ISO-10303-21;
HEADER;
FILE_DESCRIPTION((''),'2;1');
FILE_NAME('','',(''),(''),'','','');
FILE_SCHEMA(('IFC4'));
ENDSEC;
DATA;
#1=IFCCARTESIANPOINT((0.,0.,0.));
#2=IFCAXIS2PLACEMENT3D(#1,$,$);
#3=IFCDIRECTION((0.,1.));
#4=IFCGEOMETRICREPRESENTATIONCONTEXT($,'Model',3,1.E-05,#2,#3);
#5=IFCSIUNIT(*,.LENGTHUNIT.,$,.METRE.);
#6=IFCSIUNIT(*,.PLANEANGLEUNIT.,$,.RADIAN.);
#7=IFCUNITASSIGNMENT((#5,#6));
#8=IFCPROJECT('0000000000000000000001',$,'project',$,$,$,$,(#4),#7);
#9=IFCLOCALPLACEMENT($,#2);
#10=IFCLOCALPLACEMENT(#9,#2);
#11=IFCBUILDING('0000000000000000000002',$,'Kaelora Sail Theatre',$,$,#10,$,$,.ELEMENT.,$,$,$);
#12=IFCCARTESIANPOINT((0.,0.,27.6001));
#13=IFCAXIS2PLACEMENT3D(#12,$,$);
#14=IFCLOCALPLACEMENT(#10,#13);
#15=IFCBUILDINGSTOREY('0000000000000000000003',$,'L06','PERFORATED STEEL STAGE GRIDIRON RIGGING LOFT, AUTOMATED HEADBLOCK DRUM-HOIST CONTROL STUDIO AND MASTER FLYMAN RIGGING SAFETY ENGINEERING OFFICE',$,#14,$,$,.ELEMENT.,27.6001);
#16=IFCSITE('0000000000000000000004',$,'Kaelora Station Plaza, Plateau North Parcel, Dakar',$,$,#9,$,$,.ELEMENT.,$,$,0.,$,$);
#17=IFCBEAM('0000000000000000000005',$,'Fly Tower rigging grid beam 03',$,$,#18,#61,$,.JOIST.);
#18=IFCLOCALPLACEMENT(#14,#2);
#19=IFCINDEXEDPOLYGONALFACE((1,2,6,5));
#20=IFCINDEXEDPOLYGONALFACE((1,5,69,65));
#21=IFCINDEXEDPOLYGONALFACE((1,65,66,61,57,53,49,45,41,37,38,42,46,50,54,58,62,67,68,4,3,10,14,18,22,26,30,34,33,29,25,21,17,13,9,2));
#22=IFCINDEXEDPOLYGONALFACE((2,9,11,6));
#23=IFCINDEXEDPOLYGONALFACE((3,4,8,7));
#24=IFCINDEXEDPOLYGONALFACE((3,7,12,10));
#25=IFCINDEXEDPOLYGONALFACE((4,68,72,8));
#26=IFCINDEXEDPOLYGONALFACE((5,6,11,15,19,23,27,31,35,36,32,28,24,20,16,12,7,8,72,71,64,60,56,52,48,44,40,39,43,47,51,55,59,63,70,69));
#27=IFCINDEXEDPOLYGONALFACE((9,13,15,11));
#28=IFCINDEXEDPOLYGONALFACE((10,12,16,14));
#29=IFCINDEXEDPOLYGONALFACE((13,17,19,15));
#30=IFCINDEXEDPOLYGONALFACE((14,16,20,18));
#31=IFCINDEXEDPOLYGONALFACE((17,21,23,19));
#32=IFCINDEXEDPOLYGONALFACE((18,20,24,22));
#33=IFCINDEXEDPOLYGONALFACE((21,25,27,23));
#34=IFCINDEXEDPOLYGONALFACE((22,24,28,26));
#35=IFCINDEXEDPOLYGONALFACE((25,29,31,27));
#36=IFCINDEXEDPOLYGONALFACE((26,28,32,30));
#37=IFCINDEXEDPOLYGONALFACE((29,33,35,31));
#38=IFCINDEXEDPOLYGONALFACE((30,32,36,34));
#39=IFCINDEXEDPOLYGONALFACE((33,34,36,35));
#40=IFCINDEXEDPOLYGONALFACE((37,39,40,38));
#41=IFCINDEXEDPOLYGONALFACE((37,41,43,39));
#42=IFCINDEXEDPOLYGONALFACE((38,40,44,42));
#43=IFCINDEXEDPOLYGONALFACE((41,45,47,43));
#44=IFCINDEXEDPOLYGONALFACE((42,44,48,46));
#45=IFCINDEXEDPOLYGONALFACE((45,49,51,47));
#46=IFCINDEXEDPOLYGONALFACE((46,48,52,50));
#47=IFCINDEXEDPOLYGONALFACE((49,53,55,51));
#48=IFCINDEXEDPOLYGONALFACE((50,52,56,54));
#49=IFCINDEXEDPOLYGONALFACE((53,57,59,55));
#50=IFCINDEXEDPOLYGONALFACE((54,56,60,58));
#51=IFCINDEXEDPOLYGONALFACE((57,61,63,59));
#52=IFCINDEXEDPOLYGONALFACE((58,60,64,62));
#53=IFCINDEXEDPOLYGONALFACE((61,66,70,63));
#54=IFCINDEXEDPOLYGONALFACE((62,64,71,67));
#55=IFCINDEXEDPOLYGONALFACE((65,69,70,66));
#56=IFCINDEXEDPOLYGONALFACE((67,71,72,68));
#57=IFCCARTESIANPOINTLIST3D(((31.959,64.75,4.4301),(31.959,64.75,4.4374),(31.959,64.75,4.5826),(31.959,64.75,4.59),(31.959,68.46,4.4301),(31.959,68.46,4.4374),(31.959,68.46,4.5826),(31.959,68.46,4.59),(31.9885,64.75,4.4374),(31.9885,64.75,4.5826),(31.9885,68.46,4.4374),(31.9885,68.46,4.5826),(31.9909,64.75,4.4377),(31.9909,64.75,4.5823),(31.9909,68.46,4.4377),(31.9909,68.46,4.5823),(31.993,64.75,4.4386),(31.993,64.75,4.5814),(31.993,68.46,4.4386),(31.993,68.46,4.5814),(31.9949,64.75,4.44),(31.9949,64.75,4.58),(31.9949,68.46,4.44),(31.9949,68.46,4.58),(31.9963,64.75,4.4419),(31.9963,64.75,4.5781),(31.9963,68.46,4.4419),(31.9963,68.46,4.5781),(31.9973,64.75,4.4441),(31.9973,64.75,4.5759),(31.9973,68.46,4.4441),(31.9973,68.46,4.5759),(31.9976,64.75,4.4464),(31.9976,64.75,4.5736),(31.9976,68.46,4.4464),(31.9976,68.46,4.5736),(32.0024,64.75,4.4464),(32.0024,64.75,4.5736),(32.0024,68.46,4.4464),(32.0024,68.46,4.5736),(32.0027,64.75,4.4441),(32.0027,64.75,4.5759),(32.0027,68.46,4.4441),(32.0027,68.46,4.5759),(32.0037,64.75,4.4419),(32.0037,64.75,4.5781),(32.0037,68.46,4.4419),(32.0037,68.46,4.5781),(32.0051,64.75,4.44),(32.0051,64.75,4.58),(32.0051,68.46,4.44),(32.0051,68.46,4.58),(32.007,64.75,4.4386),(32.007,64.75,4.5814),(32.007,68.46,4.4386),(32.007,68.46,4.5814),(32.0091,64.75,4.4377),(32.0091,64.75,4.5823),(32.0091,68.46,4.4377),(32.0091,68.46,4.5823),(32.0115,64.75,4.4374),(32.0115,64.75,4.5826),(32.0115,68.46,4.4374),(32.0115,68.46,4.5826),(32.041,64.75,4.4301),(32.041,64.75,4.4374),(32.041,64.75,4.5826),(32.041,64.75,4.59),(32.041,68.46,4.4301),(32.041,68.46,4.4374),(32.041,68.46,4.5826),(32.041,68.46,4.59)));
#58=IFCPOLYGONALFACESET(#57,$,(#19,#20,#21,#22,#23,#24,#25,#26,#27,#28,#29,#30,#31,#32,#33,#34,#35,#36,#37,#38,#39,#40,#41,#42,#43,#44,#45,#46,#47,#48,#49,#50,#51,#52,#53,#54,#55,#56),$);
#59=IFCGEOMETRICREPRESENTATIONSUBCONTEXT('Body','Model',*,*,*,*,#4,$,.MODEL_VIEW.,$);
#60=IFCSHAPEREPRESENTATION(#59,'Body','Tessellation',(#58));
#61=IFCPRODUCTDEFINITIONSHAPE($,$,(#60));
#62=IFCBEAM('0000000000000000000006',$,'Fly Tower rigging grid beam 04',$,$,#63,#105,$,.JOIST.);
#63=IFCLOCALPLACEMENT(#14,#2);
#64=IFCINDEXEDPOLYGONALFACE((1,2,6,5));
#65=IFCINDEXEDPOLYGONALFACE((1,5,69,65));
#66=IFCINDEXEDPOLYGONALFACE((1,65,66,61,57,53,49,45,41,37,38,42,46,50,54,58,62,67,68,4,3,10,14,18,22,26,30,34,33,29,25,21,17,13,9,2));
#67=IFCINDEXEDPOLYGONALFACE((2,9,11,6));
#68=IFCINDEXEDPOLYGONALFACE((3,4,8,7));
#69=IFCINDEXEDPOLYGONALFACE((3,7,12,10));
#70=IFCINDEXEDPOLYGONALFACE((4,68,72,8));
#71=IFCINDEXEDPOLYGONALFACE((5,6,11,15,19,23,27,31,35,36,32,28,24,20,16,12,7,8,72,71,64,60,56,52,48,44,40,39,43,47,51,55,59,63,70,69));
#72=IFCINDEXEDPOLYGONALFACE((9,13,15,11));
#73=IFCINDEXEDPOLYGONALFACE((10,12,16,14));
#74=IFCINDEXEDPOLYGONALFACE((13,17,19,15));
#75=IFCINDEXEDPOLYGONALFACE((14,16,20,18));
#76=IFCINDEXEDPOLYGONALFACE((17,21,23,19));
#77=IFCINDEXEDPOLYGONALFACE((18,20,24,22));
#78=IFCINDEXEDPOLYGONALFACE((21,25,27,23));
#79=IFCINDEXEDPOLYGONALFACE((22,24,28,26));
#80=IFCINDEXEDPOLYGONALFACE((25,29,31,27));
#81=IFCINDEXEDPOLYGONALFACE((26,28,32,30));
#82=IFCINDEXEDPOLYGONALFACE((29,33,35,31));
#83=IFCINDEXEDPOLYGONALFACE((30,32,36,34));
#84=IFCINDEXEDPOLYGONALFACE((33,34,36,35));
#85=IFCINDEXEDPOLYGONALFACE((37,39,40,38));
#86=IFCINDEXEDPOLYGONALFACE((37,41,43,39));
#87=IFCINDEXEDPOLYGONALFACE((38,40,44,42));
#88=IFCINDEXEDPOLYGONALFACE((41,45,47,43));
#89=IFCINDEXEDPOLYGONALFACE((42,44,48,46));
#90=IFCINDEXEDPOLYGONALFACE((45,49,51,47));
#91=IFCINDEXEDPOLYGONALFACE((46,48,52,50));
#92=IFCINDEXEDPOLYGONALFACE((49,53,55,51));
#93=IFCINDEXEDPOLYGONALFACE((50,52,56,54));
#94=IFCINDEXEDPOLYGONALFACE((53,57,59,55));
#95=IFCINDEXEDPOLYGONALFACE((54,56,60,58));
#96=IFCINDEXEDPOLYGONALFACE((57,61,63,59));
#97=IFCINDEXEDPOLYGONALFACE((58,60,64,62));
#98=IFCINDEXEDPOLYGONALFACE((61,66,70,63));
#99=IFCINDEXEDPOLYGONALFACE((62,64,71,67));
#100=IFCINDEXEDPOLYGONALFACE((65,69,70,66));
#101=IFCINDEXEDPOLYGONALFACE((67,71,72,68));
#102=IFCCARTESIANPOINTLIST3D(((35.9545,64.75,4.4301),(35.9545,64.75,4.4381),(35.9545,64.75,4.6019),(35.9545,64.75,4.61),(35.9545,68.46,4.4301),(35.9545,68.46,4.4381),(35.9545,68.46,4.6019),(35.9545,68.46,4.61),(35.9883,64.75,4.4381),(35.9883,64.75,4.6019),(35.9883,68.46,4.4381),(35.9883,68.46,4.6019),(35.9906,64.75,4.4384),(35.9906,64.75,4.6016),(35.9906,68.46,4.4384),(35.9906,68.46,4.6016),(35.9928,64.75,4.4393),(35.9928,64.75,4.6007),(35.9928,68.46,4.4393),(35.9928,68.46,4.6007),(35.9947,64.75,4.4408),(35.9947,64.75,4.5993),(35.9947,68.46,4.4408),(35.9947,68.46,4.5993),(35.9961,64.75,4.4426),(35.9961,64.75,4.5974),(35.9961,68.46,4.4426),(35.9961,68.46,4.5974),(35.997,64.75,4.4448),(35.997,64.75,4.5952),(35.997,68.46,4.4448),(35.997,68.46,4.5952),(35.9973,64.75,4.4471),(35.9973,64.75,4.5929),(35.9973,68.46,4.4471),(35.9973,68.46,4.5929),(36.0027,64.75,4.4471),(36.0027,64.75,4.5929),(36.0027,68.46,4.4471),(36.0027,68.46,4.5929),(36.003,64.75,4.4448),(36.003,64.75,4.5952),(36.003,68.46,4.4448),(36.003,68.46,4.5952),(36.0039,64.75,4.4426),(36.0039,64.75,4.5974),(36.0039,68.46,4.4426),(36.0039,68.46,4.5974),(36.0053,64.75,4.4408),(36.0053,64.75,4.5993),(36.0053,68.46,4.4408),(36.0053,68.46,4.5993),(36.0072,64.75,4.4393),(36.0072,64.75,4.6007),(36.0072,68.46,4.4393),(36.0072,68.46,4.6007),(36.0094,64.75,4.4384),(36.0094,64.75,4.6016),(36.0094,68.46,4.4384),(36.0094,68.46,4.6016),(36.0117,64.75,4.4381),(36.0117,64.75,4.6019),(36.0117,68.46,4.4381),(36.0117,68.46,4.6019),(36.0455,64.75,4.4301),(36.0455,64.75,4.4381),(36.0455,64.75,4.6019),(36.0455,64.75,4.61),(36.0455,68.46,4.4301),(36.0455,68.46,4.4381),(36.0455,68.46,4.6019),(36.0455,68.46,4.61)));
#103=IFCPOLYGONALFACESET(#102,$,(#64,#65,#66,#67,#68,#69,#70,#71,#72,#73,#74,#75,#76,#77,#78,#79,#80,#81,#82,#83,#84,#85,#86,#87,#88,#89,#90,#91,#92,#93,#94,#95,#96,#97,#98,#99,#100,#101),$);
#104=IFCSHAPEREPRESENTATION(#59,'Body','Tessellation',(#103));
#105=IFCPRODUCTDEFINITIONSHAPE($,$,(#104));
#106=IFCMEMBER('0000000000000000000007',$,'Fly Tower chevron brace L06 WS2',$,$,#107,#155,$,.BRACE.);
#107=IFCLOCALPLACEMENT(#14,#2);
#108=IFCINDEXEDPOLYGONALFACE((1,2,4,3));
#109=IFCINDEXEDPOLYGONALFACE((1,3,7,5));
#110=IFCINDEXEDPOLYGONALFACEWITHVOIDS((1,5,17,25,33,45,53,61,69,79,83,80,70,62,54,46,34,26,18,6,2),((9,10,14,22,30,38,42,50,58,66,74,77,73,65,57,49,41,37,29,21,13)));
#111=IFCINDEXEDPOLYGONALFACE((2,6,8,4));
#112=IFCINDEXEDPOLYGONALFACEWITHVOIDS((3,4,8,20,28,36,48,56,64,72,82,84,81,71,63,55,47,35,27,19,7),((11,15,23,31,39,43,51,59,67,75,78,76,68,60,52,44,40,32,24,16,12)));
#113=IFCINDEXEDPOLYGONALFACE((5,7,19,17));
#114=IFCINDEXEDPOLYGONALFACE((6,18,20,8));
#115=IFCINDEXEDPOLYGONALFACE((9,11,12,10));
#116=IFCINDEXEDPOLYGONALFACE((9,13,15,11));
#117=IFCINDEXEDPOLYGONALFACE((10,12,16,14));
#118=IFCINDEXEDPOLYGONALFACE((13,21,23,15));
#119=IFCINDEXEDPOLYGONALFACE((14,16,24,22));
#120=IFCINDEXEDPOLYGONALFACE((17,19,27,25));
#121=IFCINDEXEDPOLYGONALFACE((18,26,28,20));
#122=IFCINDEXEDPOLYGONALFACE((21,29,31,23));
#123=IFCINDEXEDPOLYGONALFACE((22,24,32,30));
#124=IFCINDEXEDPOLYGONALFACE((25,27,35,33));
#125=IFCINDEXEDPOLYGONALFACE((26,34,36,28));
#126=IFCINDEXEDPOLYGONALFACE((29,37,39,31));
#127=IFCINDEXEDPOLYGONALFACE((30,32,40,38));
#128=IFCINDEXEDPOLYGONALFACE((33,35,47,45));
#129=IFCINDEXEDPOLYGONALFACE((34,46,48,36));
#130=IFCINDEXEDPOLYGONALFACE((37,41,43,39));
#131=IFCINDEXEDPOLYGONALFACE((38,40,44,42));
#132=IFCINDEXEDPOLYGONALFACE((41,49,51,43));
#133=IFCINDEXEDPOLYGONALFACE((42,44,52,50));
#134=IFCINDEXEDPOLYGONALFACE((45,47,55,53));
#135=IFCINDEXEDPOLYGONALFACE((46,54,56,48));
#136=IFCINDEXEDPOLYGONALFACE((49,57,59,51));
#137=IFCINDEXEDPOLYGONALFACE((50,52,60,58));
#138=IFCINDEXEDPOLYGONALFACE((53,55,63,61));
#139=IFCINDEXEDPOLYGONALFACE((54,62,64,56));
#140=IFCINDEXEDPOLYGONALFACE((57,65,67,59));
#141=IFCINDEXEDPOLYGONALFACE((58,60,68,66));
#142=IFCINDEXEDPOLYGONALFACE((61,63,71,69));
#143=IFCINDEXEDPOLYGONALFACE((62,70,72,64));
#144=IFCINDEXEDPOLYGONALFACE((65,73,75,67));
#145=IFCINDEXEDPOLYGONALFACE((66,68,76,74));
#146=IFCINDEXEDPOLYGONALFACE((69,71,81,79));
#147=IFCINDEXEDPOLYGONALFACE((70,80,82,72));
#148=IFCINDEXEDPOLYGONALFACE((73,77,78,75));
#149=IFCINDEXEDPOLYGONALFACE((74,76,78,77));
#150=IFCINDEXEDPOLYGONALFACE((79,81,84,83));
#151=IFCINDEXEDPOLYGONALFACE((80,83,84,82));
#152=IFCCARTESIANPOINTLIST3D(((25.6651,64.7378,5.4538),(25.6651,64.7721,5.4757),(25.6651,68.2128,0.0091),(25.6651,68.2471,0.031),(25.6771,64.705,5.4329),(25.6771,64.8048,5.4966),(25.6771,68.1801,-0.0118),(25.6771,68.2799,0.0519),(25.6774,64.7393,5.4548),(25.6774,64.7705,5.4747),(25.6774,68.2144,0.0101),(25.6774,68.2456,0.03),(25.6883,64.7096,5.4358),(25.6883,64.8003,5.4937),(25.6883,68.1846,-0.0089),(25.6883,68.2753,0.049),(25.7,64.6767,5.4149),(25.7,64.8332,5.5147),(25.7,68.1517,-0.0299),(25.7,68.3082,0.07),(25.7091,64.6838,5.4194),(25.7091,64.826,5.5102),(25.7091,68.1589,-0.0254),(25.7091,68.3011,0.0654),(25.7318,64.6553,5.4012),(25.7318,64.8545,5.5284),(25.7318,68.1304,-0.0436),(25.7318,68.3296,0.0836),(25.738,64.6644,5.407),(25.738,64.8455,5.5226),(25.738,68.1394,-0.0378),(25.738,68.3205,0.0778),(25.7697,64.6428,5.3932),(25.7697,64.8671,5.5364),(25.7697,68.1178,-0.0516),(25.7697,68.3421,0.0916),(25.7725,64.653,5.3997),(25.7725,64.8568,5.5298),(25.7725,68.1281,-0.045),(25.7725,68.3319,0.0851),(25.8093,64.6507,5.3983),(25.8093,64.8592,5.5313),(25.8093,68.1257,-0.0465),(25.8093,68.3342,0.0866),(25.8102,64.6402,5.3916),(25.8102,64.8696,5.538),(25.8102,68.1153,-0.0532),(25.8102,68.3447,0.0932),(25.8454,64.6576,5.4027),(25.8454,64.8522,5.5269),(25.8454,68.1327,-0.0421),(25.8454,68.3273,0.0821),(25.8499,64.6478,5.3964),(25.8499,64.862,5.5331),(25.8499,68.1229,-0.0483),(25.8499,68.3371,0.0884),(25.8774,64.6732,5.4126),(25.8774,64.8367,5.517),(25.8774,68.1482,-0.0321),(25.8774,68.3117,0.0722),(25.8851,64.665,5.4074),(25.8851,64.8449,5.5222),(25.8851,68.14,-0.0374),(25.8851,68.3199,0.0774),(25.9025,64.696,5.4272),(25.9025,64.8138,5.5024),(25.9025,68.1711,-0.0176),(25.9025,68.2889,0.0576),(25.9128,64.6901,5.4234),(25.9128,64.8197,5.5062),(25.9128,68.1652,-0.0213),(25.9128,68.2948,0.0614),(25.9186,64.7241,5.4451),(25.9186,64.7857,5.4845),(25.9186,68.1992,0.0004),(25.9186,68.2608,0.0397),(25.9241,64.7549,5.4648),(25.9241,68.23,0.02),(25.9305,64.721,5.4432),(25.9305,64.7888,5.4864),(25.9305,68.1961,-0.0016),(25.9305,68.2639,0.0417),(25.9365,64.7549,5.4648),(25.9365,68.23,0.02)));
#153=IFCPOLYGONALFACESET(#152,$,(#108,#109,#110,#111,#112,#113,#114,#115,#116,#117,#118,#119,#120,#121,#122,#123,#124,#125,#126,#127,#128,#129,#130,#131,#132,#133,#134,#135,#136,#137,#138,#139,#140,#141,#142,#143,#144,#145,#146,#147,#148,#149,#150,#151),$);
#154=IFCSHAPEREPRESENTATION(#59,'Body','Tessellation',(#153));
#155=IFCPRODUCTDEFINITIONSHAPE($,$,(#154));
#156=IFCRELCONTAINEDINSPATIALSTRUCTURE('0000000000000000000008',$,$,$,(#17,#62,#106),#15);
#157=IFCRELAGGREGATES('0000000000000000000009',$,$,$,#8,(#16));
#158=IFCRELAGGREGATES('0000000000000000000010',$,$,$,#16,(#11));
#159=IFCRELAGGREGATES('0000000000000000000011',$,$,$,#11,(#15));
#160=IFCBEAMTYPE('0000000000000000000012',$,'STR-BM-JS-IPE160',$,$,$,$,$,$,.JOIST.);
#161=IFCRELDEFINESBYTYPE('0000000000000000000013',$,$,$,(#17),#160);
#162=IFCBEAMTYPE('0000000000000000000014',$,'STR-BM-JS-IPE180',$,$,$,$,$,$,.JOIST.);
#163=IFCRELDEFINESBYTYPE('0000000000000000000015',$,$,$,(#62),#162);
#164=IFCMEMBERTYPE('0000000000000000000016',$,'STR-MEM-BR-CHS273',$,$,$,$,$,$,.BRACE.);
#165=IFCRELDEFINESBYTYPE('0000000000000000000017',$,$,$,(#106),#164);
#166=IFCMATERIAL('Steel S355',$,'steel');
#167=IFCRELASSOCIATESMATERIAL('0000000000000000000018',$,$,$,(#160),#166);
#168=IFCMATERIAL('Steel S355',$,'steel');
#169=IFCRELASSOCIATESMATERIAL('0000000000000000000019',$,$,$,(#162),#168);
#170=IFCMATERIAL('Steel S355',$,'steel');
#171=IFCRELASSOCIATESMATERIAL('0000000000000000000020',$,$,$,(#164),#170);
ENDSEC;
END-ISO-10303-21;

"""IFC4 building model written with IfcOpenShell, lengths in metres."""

from ifc_helpers import new_model, si_unit, direction, frame, origin, origin_2d, place, context, subcontext, project, spatial, hollow_circle, i_section, extrude, material, material_profile, profile_set, type_object, element, save


model = new_model("IFC4")

# Units and contexts
model_context = context("Model", 3, precision=1e-05, world=origin(), true_north=direction((0.0, 1.0)))
body_context = subcontext(model_context, "Body", "Model", "MODEL_VIEW")
ifc_project = project(units=[si_unit("LENGTHUNIT", "METRE"), si_unit("PLANEANGLEUNIT", "RADIAN")], contexts=[model_context])

# Site, building, storey
site_placement = place(None, origin())
site = spatial("IfcSite", under=ifc_project, at=site_placement, Name="Kaelora Station Plaza, Plateau North Parcel, Dakar", CompositionType="ELEMENT", RefElevation=0.0)
building_placement = place(site_placement, origin())
building = spatial("IfcBuilding", under=site, at=building_placement, Name="Kaelora Sail Theatre", CompositionType="ELEMENT")
storey_placement = place(building_placement, frame((0.0, 0.0, 27.6001)))
storey = spatial("IfcBuildingStorey", under=building, at=storey_placement, Name="L06", Description="PERFORATED STEEL STAGE GRIDIRON RIGGING LOFT, AUTOMATED HEADBLOCK DRUM-HOIST CONTROL STUDIO AND MASTER FLYMAN RIGGING SAFETY ENGINEERING OFFICE", CompositionType="ELEMENT", Elevation=27.6001)

# Beams
ifc_material_1 = material(Name="Steel S355", Category="steel")
ifc_material_profile_1 = material_profile(ifc_material_1, i_section(OverallWidth=0.082, OverallDepth=0.1599, WebThickness=0.0049, FlangeThickness=0.0073, FilletRadius=0.009, at=origin_2d()), Name="IPE 160")
ifc_profile_set_1 = profile_set([ifc_material_profile_1], Name="Steel S355")
beam_type_1 = type_object("IfcBeamType", Name="STR-BM-JS-IPE160", PredefinedType="JOIST", material=ifc_profile_set_1)
beam_1_placement = place(storey_placement, frame((32.0, 64.75, 4.51), z_axis=(0.0, 1.0, 0.0), x_axis=(-1.0, 0.0, 0.0)))
element("IfcBeam", 1, at=beam_1_placement, inside=storey, type_object=beam_type_1, Name="Fly Tower rigging grid beam 03", PredefinedType="JOIST", context=body_context, shape_type="SweptSolid", body=[
    extrude(i_section(OverallWidth=0.082, OverallDepth=0.1599, WebThickness=0.0049, FlangeThickness=0.0073, FilletRadius=0.009, at=origin_2d()), origin(), (0.0, 0.0, 1.0), 3.71),
])
ifc_material_2 = material(Name="Steel S355", Category="steel")
ifc_material_profile_2 = material_profile(ifc_material_2, i_section(OverallWidth=0.0911, OverallDepth=0.1799, WebThickness=0.0054, FlangeThickness=0.0081, FilletRadius=0.009, at=origin_2d()), Name="IPE 180")
ifc_profile_set_2 = profile_set([ifc_material_profile_2], Name="Steel S355")
beam_type_2 = type_object("IfcBeamType", Name="STR-BM-JS-IPE180", PredefinedType="JOIST", material=ifc_profile_set_2)
beam_2_placement = place(storey_placement, frame((36.0, 64.75, 4.52), z_axis=(0.0, 1.0, 0.0), x_axis=(-1.0, 0.0, 0.0)))
element("IfcBeam", 2, at=beam_2_placement, inside=storey, type_object=beam_type_2, Name="Fly Tower rigging grid beam 04", PredefinedType="JOIST", context=body_context, shape_type="SweptSolid", body=[
    extrude(i_section(OverallWidth=0.0911, OverallDepth=0.1799, WebThickness=0.0054, FlangeThickness=0.0081, FilletRadius=0.009, at=origin_2d()), origin(), (0.0, 0.0, 1.0), 3.71),
])

# Member
ifc_material_3 = material(Name="Steel S355", Category="steel")
ifc_material_profile_3 = material_profile(ifc_material_3, hollow_circle(Radius=0.1365, WallThickness=0.0125, at=origin_2d()), Name="CHS 273.0x12.5")
ifc_profile_set_3 = profile_set([ifc_material_profile_3], Name="Steel S355")
member_type_1 = type_object("IfcMemberType", Name="STR-MEM-BR-CHS273", PredefinedType="BRACE", material=ifc_profile_set_3)
member_1_placement = place(storey_placement, frame((25.8, 68.23, 0.02), z_axis=(0.0, -0.538, 0.842945), x_axis=(1.0, 0.0, 0.0)))
element("IfcMember", 3, at=member_1_placement, inside=storey, type_object=member_type_1, Name="Fly Tower chevron brace L06 WS2", PredefinedType="BRACE", context=body_context, shape_type="SweptSolid", body=[
    extrude(hollow_circle(Radius=0.1365, WallThickness=0.0125, at=origin_2d()), origin(), (0.0, 0.0, 1.0), 6.4592),
])

save(model, "model.ifc")
